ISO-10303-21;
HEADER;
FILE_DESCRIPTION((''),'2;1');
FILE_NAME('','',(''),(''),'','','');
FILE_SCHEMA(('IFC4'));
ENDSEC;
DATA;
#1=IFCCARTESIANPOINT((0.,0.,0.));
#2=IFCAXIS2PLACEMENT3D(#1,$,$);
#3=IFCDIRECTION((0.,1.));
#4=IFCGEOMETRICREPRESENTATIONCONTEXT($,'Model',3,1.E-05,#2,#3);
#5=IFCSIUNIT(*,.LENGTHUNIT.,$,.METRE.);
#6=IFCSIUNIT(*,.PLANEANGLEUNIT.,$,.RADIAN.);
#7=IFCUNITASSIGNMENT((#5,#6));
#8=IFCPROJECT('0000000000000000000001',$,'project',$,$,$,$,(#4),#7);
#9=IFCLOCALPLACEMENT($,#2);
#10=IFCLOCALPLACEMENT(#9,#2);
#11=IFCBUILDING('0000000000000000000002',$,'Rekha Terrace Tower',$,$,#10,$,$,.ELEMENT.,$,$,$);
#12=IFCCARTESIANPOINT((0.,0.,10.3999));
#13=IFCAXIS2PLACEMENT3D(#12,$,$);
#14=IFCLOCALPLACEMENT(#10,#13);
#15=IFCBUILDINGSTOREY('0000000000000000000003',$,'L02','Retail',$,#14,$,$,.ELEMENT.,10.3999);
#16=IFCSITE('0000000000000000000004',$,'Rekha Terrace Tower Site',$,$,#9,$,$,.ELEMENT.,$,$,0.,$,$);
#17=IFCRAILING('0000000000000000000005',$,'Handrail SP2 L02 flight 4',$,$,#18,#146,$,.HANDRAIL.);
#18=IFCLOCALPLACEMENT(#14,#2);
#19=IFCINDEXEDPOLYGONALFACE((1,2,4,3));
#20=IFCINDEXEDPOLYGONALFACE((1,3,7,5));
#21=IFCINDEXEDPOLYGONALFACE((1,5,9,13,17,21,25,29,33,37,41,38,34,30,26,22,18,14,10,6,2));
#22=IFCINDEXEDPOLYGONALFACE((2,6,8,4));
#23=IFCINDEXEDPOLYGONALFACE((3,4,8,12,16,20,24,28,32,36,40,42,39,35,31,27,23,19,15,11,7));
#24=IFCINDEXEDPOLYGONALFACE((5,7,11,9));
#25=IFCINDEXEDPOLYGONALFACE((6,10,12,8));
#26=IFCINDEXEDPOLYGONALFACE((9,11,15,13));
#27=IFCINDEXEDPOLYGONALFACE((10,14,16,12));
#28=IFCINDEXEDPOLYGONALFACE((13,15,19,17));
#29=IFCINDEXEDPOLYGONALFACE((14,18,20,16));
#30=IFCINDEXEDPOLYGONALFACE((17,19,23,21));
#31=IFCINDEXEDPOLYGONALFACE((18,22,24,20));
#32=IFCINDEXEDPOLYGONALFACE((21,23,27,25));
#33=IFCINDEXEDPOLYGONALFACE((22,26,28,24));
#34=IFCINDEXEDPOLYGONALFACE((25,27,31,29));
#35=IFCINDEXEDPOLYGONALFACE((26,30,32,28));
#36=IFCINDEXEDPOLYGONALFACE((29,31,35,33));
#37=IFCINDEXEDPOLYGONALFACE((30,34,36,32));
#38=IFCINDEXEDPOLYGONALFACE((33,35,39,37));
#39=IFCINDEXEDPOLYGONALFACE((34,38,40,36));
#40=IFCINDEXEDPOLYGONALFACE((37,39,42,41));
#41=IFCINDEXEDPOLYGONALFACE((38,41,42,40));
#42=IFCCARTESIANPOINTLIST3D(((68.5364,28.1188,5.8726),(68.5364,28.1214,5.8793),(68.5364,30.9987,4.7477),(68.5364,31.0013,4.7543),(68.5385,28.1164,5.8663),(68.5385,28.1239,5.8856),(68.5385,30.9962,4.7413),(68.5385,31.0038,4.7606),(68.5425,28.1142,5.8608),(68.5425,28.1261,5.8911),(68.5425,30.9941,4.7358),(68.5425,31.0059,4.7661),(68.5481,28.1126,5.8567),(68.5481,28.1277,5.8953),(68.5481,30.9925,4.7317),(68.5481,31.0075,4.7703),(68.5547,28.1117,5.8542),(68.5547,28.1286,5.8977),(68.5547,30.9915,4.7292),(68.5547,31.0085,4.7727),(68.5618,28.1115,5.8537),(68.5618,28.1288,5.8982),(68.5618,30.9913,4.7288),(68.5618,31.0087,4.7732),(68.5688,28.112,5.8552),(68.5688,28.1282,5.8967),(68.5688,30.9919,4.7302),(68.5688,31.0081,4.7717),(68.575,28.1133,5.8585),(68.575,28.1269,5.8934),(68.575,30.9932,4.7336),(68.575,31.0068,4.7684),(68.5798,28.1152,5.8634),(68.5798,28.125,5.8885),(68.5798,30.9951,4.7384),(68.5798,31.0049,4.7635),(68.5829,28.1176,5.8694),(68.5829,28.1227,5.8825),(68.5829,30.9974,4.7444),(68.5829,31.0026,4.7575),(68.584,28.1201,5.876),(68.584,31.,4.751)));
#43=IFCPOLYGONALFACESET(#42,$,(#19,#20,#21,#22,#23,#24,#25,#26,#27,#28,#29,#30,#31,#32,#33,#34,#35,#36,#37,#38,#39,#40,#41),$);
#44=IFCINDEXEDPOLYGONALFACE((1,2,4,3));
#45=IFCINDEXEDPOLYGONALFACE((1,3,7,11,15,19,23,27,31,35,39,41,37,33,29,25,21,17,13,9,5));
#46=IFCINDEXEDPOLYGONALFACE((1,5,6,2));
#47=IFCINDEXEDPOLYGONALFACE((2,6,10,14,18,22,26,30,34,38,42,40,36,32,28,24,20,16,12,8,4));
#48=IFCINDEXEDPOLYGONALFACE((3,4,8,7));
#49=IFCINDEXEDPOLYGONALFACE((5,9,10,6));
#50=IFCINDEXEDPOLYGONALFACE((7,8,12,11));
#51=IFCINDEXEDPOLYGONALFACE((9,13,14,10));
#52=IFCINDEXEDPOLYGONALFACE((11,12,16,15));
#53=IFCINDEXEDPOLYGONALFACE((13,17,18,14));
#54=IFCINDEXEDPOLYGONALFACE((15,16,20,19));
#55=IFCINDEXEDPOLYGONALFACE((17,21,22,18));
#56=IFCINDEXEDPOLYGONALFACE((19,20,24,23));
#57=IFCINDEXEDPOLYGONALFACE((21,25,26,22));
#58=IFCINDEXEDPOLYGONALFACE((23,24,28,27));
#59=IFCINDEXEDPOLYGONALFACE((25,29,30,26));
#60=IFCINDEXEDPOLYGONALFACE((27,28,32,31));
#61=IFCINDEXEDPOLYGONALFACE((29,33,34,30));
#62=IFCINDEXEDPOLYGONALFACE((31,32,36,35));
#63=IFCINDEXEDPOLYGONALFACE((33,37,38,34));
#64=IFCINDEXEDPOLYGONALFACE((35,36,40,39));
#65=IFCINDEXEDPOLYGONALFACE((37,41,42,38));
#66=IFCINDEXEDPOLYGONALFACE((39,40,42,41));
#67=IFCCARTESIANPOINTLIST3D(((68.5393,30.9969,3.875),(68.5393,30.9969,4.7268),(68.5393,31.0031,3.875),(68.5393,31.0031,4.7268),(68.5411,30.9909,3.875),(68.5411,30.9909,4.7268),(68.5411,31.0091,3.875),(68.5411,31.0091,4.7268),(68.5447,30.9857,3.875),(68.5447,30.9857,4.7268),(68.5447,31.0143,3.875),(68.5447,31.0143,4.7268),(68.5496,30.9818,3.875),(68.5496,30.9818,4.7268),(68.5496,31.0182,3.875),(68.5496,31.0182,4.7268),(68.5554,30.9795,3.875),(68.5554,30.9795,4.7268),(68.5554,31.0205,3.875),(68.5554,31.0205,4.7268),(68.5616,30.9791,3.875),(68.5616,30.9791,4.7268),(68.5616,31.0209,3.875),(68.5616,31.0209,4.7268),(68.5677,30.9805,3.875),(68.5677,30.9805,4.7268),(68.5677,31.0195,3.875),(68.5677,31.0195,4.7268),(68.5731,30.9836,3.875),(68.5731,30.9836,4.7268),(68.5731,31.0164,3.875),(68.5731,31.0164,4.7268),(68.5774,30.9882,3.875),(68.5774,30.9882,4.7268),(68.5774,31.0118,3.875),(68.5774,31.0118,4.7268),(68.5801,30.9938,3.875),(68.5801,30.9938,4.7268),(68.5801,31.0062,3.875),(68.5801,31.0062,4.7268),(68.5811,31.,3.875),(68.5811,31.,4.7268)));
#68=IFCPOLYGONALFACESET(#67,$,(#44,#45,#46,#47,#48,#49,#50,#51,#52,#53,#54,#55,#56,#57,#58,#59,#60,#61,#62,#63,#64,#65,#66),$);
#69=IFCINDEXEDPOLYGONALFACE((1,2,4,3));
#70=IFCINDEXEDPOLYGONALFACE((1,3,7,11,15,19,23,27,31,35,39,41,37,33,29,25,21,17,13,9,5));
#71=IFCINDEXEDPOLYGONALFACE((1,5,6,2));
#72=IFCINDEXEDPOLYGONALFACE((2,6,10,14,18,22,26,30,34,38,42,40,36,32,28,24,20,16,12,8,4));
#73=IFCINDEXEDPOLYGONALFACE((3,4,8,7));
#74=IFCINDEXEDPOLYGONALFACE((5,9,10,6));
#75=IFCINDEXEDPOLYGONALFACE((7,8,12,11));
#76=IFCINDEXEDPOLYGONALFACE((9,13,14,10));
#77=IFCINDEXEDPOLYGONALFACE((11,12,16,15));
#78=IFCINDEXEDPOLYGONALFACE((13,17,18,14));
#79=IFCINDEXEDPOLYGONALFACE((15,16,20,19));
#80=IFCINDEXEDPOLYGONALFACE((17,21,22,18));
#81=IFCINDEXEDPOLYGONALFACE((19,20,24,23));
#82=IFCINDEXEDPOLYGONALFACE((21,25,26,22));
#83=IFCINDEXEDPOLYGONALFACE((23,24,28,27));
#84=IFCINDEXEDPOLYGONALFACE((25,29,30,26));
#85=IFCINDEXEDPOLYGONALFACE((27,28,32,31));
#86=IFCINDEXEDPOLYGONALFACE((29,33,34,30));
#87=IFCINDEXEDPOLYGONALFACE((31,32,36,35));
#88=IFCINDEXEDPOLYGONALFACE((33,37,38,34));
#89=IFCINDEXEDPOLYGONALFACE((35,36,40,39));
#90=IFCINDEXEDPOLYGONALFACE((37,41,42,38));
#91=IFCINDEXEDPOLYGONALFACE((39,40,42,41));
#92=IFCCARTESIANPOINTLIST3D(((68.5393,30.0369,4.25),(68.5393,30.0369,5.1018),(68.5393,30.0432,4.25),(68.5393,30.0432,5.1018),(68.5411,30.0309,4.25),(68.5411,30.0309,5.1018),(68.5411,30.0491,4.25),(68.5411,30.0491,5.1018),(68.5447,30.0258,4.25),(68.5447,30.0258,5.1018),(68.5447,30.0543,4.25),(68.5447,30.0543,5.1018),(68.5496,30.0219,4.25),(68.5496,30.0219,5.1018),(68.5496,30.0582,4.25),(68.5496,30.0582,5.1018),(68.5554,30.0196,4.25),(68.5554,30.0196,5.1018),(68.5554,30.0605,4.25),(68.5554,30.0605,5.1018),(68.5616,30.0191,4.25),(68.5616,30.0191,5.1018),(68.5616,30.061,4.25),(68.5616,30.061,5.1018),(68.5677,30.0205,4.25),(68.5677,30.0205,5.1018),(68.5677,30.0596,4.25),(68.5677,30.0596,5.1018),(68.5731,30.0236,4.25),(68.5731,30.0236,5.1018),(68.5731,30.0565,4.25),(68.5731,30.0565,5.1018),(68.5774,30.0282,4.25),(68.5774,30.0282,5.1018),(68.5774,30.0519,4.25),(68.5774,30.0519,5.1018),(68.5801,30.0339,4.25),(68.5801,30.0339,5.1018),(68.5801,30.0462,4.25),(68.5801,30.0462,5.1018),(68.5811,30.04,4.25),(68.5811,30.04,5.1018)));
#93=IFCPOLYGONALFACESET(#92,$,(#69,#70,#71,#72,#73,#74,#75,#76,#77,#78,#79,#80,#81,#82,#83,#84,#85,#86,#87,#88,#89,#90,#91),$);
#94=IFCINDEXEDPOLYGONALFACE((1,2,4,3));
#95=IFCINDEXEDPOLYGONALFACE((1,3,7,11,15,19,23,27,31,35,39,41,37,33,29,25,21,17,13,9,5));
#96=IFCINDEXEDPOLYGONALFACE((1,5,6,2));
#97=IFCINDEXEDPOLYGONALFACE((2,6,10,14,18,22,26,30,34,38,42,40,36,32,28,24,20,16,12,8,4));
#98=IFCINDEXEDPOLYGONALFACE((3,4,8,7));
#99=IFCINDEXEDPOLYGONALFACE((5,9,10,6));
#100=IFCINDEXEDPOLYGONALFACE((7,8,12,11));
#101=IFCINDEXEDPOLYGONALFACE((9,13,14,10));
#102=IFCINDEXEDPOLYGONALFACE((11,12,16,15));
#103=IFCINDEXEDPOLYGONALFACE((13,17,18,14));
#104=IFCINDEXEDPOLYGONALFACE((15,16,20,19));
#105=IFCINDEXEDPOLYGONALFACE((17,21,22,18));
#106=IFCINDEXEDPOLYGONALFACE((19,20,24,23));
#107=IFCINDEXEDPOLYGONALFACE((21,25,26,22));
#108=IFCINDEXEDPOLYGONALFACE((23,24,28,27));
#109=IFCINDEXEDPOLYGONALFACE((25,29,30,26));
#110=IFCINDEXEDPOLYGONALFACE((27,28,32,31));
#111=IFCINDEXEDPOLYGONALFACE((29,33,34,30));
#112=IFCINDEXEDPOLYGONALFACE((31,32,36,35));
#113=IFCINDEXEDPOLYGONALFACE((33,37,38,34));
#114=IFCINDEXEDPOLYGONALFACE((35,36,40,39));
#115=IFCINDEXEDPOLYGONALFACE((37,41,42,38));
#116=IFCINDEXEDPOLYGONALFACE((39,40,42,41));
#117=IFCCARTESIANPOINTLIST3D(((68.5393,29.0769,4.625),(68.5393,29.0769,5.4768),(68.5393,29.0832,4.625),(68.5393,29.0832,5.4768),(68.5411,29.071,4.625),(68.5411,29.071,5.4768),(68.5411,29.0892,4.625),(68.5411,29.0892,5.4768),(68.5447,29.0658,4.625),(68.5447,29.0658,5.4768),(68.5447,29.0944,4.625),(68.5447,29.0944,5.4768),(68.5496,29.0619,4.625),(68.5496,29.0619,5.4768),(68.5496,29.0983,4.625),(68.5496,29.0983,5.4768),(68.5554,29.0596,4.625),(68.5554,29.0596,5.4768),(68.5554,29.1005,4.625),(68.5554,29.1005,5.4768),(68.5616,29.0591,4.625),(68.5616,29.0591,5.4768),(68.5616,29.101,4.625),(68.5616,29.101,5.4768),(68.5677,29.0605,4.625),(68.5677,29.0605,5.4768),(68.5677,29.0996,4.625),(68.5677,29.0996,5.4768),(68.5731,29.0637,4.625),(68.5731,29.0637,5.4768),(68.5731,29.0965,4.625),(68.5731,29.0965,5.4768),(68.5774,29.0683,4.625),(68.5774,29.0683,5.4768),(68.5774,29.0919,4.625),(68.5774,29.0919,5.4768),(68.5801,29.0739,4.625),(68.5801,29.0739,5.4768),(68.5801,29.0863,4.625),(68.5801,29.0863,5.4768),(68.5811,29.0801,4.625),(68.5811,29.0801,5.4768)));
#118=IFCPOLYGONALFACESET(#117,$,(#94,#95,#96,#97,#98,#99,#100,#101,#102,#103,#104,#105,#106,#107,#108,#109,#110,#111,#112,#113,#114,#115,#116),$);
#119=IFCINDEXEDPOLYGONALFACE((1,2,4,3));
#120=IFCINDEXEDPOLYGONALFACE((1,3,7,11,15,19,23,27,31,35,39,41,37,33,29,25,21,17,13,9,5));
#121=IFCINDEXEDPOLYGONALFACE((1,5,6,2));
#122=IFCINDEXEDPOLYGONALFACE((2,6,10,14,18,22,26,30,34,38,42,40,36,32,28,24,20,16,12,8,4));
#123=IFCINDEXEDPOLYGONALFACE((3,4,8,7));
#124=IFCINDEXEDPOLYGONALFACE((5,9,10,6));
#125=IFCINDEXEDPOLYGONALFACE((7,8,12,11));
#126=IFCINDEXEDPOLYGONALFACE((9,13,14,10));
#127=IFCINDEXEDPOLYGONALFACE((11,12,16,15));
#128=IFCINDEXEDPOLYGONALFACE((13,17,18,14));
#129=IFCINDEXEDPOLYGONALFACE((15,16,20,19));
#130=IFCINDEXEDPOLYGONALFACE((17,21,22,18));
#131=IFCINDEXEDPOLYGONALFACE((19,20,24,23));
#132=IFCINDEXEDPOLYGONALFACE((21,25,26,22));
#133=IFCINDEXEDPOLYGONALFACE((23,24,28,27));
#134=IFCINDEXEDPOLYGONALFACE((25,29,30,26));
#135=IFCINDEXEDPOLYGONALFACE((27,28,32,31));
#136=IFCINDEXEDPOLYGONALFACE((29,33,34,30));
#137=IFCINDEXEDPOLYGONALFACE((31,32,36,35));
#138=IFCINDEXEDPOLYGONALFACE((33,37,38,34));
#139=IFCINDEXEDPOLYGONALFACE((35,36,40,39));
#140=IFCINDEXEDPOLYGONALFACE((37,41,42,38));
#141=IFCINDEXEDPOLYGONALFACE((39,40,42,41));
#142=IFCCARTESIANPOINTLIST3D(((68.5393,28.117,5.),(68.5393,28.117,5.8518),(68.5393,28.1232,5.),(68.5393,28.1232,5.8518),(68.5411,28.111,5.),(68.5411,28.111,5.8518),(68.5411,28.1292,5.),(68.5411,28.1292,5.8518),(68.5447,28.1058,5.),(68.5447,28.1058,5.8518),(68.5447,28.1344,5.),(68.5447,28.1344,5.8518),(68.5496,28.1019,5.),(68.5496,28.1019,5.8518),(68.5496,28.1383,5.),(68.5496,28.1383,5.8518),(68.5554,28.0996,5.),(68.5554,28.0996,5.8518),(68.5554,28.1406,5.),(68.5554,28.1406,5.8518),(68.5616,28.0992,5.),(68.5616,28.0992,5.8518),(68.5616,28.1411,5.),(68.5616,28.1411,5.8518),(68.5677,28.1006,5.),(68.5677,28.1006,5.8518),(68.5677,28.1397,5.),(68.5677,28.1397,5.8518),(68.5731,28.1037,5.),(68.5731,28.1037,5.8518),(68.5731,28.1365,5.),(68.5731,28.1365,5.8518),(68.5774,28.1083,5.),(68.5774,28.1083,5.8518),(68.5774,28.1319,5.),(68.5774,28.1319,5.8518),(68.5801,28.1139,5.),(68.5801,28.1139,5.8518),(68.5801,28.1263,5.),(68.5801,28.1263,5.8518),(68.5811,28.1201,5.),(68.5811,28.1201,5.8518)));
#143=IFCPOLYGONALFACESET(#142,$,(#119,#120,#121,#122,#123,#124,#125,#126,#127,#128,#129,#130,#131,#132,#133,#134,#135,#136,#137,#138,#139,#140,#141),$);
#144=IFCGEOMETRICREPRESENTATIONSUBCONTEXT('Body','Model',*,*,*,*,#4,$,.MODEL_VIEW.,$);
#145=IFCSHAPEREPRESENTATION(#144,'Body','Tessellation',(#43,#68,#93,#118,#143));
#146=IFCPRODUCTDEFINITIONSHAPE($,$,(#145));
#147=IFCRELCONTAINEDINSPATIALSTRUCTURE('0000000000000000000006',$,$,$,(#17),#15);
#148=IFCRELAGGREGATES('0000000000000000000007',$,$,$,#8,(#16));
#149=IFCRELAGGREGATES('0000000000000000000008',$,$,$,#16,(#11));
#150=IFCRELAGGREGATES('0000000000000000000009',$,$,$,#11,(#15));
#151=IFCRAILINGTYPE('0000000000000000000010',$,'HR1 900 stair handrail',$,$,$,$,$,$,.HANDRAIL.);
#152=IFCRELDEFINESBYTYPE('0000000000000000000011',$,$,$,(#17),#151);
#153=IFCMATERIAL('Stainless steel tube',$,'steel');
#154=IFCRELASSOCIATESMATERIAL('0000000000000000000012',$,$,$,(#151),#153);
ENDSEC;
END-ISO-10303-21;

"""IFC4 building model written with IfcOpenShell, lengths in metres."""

from ifc_helpers import new_model, si_unit, direction, frame, origin, origin_2d, place, context, subcontext, project, spatial, circle, extrude, material, type_object, element, save


model = new_model("IFC4")

# Units and contexts
model_context = context("Model", 3, precision=1e-05, world=origin(), true_north=direction((0.0, 1.0)))
body_context = subcontext(model_context, "Body", "Model", "MODEL_VIEW")
ifc_project = project(units=[si_unit("LENGTHUNIT", "METRE"), si_unit("PLANEANGLEUNIT", "RADIAN")], contexts=[model_context])

# Site, building, storey
site_placement = place(None, origin())
site = spatial("IfcSite", under=ifc_project, at=site_placement, Name="Rekha Terrace Tower Site", CompositionType="ELEMENT", RefElevation=0.0)
building_placement = place(site_placement, origin())
building = spatial("IfcBuilding", under=site, at=building_placement, Name="Rekha Terrace Tower", CompositionType="ELEMENT")
storey_placement = place(building_placement, frame((0.0, 0.0, 10.3999)))
storey = spatial("IfcBuildingStorey", under=building, at=storey_placement, Name="L02", Description="Retail", CompositionType="ELEMENT", Elevation=10.3999)

# Railing
ifc_material_1 = material(Name="Stainless steel tube", Category="steel")
railing_type_1 = type_object("IfcRailingType", Name="HR1 900 stair handrail", PredefinedType="HANDRAIL", material=ifc_material_1)
railing_1_placement = place(storey_placement, frame((68.5601, 31.0, 3.875)))
element("IfcRailing", 1, at=railing_1_placement, inside=storey, type_object=railing_type_1, Name="Handrail SP2 L02 flight 4", PredefinedType="HANDRAIL", context=body_context, shape_type="SweptSolid", body=[
    extrude(circle(Radius=0.0239, at=origin_2d()), frame((0.0, 0.0, 0.876), z_axis=(0.0, -0.931452, 0.363863), x_axis=(1.0, 0.0, 0.0)), (0.0, 0.0, 1.0), 3.0918),
    extrude(circle(Radius=0.021, at=origin_2d()), origin(), (0.0, 0.0, 1.0), 0.8518),
    extrude(circle(Radius=0.021, at=origin_2d()), frame((0.0, -0.96, 0.375)), (0.0, 0.0, 1.0), 0.8518),
    extrude(circle(Radius=0.021, at=origin_2d()), frame((0.0, -1.9199, 0.75)), (0.0, 0.0, 1.0), 0.8518),
    extrude(circle(Radius=0.021, at=origin_2d()), frame((0.0, -2.8799, 1.125)), (0.0, 0.0, 1.0), 0.8518),
])

save(model, "model.ifc")
